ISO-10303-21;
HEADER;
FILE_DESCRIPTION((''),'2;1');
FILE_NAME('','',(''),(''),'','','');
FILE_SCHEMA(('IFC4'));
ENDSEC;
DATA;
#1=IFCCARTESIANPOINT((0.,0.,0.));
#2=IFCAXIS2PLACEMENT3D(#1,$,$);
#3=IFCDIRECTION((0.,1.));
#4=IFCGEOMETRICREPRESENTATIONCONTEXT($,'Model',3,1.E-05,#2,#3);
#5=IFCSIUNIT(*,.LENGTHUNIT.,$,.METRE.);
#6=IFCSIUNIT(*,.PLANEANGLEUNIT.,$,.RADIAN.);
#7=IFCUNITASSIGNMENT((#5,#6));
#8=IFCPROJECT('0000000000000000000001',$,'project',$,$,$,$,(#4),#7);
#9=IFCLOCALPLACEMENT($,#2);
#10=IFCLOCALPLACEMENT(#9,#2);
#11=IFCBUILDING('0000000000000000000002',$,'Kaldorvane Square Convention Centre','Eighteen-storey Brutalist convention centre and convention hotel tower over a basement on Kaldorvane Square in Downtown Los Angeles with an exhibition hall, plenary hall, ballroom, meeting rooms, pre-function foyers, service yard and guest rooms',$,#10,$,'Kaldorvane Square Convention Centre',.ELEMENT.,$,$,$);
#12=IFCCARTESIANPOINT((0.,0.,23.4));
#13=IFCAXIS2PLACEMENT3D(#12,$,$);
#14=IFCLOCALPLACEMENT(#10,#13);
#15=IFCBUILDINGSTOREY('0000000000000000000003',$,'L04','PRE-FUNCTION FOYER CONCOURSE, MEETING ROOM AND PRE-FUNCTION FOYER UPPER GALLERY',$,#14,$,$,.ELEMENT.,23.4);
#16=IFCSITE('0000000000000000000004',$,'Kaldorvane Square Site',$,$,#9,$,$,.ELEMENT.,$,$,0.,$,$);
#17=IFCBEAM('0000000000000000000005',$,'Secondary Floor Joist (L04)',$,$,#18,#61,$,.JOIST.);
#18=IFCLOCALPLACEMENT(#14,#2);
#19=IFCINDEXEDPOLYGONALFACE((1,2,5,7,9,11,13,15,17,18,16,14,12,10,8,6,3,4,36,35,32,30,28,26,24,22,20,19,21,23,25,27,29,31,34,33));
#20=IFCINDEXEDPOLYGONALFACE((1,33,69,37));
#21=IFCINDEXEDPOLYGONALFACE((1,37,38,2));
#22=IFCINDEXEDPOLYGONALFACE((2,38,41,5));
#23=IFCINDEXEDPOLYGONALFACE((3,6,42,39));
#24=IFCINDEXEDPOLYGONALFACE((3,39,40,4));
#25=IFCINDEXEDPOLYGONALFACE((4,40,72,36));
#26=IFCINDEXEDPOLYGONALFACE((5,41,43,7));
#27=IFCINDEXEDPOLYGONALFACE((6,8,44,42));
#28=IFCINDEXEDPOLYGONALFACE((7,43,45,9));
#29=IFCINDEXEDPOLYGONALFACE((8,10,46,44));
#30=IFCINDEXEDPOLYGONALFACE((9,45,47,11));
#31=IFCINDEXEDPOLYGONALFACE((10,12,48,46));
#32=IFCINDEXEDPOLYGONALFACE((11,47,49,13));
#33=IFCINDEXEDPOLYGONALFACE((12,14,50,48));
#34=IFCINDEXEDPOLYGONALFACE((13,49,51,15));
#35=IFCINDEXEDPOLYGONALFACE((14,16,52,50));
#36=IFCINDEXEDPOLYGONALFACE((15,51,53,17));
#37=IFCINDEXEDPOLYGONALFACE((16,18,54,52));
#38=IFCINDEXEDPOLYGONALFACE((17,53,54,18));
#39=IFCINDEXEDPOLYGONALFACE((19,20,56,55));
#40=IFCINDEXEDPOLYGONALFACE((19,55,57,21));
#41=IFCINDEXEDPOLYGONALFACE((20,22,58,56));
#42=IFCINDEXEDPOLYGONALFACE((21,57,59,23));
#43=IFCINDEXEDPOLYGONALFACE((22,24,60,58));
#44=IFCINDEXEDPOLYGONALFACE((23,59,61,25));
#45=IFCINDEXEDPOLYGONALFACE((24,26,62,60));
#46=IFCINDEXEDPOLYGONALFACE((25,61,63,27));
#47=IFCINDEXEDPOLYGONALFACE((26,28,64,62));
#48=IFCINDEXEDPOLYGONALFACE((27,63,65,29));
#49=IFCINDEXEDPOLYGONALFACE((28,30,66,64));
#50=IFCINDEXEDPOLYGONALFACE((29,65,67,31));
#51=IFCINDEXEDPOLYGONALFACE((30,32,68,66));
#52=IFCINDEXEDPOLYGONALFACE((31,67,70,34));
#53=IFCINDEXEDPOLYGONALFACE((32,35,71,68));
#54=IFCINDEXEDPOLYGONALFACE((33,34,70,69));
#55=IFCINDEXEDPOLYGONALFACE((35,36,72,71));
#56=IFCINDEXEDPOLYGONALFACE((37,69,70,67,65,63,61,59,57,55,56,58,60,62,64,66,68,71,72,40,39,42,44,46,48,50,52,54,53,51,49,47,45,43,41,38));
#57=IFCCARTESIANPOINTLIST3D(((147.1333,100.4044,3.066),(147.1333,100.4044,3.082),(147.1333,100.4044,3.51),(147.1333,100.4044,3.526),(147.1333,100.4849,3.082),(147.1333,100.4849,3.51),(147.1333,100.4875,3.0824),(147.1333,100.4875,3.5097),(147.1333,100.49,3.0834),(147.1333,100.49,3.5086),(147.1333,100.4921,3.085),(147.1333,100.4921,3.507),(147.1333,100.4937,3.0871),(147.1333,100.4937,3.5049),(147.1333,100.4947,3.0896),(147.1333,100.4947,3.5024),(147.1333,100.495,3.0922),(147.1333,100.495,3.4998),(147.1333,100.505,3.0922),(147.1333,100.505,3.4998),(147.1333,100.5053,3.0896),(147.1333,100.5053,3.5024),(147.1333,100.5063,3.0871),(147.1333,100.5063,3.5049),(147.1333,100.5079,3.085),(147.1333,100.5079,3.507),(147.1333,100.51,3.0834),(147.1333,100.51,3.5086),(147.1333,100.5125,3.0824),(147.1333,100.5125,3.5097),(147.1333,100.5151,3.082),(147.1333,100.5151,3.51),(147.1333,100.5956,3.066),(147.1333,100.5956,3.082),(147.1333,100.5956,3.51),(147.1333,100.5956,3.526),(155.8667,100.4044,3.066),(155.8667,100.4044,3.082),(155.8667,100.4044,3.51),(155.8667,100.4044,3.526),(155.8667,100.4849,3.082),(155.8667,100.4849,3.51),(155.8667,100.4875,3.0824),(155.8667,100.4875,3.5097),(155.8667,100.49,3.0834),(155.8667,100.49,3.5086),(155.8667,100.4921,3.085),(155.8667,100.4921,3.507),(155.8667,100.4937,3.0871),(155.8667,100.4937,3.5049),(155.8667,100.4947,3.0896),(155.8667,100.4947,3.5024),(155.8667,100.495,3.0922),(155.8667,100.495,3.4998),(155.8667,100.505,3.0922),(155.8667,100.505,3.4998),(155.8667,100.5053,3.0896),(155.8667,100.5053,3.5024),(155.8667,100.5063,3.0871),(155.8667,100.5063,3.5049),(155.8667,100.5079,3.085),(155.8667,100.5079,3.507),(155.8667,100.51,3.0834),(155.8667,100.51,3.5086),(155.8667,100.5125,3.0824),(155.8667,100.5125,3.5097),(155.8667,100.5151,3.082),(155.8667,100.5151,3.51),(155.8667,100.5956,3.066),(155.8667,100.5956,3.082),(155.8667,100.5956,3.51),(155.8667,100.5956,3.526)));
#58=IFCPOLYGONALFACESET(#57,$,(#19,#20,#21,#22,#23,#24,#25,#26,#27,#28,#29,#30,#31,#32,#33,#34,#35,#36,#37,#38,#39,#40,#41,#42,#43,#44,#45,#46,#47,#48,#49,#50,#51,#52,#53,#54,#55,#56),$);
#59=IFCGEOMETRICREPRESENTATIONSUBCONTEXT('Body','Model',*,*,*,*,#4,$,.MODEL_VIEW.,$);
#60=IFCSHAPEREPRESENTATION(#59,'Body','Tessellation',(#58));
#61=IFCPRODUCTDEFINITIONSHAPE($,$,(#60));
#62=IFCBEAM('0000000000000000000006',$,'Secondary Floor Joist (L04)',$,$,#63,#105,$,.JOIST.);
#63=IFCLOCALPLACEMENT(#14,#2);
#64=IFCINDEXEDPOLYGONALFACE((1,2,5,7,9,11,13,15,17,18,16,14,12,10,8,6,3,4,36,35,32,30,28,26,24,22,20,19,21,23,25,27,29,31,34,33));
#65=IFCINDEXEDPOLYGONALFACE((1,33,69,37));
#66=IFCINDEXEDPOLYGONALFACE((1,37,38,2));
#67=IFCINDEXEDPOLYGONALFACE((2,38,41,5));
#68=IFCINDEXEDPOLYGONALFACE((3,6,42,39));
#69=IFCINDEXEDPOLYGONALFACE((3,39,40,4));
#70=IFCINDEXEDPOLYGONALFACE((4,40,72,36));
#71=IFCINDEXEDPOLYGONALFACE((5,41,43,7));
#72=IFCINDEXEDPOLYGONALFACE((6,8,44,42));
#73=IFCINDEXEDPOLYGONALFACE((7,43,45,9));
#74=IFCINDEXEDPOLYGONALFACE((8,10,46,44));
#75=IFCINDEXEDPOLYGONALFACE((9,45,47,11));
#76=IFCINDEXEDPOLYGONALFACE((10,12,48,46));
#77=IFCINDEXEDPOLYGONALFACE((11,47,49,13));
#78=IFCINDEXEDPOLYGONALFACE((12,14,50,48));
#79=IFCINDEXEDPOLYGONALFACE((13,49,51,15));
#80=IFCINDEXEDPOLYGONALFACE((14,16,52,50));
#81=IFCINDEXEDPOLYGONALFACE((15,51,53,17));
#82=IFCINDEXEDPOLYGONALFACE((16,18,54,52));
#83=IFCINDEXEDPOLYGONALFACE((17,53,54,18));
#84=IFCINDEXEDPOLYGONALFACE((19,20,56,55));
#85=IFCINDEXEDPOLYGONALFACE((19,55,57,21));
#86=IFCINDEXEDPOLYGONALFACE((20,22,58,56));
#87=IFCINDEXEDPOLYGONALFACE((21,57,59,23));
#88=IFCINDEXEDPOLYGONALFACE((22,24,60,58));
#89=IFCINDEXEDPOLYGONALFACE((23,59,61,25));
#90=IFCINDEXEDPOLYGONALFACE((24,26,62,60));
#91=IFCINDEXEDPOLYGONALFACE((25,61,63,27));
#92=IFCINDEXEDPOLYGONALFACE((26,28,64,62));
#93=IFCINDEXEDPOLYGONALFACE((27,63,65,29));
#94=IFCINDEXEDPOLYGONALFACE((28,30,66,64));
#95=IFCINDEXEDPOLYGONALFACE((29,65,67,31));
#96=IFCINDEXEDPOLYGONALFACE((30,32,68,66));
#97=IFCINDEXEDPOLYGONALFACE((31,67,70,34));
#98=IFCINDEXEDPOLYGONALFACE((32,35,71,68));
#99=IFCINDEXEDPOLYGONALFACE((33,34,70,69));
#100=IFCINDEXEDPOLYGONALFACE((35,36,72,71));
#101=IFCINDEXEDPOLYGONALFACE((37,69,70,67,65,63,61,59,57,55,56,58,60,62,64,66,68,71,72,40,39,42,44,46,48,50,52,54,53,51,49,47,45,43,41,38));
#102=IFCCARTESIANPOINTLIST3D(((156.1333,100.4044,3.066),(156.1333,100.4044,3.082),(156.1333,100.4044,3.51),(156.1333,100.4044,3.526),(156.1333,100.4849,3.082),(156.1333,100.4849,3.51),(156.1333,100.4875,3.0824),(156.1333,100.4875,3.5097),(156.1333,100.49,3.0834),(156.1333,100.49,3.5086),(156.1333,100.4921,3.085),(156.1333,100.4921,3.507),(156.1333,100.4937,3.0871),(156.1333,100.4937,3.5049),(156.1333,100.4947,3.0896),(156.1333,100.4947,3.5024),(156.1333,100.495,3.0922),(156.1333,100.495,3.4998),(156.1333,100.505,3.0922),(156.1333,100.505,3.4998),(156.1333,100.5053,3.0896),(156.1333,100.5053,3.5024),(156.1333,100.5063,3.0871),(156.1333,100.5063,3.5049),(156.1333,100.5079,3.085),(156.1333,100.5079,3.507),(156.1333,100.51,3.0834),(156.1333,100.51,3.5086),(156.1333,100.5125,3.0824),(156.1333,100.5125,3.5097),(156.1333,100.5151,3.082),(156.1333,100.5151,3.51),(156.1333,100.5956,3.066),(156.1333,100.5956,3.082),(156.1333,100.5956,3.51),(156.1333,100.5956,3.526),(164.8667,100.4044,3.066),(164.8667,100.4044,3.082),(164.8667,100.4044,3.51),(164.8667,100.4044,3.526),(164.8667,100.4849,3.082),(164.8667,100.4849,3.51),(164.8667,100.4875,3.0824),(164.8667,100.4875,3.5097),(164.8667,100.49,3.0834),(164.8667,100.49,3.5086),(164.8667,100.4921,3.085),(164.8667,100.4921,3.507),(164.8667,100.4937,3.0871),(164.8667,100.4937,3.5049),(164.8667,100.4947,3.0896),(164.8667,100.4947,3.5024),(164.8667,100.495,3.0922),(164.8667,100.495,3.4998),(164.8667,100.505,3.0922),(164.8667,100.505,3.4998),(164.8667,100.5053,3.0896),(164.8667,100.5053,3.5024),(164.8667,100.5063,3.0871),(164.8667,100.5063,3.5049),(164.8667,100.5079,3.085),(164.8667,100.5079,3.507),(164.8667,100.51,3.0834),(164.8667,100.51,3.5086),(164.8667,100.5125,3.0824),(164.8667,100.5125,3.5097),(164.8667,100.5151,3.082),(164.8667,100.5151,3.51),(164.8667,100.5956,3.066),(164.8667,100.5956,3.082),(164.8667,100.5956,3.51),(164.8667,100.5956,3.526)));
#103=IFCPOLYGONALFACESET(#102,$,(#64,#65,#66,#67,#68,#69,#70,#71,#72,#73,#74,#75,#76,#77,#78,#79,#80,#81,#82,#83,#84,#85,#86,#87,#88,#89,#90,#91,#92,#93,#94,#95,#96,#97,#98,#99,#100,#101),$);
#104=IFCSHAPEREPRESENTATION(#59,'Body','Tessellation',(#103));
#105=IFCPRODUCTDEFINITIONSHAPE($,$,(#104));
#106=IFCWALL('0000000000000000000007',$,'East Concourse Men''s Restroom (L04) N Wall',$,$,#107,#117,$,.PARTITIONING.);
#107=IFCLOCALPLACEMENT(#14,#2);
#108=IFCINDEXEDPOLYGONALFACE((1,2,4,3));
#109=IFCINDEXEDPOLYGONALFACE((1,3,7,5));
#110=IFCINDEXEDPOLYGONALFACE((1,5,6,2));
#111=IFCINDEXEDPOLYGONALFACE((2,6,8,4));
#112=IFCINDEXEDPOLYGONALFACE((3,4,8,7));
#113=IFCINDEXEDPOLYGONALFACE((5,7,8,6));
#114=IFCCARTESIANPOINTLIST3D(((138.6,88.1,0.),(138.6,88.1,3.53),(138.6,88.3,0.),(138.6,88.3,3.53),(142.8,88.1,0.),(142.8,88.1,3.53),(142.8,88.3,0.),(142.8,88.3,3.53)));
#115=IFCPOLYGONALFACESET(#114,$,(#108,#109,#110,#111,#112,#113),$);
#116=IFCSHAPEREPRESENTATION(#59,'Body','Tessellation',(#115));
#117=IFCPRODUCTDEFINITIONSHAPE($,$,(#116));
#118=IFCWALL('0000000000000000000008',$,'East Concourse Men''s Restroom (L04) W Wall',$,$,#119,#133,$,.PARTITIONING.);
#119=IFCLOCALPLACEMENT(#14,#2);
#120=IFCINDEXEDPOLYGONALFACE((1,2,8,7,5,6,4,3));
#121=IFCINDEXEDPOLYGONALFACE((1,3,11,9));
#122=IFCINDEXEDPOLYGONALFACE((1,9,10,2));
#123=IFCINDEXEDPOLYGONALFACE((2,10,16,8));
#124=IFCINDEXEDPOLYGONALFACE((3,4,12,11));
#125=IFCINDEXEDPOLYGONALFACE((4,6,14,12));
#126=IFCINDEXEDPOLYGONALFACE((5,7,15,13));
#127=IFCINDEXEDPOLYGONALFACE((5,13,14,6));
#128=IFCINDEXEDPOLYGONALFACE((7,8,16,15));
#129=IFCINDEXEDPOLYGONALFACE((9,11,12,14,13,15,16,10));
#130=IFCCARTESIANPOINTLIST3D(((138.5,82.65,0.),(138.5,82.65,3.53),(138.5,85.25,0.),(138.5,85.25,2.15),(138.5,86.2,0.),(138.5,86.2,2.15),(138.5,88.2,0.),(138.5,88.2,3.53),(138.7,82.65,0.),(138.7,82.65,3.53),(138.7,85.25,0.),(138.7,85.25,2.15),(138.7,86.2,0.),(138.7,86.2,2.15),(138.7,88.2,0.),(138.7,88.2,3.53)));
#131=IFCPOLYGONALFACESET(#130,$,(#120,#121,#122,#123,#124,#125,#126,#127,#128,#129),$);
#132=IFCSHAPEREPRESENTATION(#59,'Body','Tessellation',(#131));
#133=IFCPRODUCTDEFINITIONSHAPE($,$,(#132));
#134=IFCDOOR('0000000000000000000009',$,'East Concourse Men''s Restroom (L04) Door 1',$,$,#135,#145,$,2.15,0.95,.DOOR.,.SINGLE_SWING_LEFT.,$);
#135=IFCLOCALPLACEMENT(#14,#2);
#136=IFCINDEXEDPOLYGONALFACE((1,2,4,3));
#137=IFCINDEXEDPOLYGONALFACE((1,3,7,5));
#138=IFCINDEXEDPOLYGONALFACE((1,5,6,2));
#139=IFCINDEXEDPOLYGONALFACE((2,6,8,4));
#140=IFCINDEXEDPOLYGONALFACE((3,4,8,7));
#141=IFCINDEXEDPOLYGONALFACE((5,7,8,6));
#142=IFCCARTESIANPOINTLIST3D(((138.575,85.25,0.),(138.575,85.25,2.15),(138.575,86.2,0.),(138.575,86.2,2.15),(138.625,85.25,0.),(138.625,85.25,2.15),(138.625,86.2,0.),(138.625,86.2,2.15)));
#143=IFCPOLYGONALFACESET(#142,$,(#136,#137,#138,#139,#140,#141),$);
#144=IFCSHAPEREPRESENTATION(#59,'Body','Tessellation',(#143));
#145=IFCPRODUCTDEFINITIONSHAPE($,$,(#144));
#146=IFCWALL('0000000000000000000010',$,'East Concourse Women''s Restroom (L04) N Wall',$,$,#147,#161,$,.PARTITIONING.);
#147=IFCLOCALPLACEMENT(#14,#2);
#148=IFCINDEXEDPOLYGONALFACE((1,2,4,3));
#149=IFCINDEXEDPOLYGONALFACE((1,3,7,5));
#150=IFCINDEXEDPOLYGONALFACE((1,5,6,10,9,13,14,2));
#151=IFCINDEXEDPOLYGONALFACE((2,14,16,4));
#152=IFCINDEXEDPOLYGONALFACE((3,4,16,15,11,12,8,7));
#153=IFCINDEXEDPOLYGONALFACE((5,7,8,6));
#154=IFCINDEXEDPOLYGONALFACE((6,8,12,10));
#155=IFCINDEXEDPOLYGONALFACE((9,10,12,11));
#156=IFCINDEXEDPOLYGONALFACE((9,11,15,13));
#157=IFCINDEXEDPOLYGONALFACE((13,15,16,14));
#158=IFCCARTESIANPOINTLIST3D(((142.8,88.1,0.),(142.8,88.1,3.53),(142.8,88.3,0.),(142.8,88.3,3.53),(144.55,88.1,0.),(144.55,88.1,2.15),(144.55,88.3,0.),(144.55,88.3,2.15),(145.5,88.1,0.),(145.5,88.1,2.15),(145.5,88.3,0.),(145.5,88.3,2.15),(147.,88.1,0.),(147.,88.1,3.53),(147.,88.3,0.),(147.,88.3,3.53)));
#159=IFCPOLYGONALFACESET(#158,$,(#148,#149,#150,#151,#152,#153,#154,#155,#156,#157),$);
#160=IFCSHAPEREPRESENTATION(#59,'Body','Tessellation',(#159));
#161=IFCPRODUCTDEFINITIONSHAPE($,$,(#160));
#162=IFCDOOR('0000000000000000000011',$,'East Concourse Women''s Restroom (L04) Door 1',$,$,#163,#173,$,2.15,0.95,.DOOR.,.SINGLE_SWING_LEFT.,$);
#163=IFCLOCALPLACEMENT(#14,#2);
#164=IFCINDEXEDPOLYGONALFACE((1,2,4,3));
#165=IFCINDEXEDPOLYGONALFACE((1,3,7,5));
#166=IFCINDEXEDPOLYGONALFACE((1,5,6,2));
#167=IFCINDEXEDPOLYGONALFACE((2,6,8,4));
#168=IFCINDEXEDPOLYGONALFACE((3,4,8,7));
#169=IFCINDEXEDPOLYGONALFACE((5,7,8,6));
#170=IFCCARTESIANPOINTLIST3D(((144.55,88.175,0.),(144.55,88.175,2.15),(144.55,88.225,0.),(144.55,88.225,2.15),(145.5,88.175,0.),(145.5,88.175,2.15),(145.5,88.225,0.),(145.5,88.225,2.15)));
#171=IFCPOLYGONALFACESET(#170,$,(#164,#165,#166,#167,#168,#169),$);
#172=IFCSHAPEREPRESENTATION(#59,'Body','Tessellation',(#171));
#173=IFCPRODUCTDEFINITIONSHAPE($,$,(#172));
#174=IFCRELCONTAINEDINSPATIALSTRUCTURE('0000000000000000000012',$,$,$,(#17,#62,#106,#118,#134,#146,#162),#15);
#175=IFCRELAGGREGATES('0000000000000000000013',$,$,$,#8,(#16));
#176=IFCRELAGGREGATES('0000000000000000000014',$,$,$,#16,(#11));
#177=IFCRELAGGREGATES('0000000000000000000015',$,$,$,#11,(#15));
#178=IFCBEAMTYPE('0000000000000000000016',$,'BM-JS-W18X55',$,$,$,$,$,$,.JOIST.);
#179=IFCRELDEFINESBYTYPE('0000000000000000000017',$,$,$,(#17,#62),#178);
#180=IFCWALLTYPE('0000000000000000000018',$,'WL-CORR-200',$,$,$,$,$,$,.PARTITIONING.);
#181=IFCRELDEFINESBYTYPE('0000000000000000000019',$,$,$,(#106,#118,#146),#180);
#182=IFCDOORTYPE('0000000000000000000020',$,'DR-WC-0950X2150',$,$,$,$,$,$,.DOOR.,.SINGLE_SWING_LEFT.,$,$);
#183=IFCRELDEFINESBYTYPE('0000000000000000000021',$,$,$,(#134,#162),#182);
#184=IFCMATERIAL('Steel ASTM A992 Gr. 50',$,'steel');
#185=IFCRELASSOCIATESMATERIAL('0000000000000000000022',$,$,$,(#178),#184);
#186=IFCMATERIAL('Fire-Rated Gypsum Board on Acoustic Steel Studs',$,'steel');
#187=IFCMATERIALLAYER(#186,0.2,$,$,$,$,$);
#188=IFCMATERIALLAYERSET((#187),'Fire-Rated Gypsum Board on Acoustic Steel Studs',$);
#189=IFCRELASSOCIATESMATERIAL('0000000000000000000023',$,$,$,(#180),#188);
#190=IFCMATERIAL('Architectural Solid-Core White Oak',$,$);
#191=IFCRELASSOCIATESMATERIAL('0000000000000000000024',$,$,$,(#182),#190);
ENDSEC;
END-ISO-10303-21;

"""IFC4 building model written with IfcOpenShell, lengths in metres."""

from ifc_helpers import new_model, si_unit, direction, frame, frame_2d, origin, origin_2d, place, context, subcontext, project, spatial, rectangle, i_section, extrude, material, layer, layer_set, material_profile, profile_set, type_object, element, fill, save


model = new_model("IFC4")

# Units and contexts
model_context = context("Model", 3, precision=1e-05, world=origin(), true_north=direction((0.0, 1.0)))
body_context = subcontext(model_context, "Body", "Model", "MODEL_VIEW")
ifc_project = project(units=[si_unit("LENGTHUNIT", "METRE"), si_unit("PLANEANGLEUNIT", "RADIAN")], contexts=[model_context])

# Site, building, storey
site_placement = place(None, origin())
site = spatial("IfcSite", under=ifc_project, at=site_placement, Name="Kaldorvane Square Site", CompositionType="ELEMENT", RefElevation=0.0)
building_placement = place(site_placement, origin())
building = spatial("IfcBuilding", under=site, at=building_placement, Name="Kaldorvane Square Convention Centre", Description="Eighteen-storey Brutalist convention centre and convention hotel tower over a basement on Kaldorvane Square in Downtown Los Angeles with an exhibition hall, plenary hall, ballroom, meeting rooms, pre-function foyers, service yard and guest rooms", LongName="Kaldorvane Square Convention Centre", CompositionType="ELEMENT")
storey_placement = place(building_placement, frame((0.0, 0.0, 23.4)))
storey = spatial("IfcBuildingStorey", under=building, at=storey_placement, Name="L04", Description="PRE-FUNCTION FOYER CONCOURSE, MEETING ROOM AND PRE-FUNCTION FOYER UPPER GALLERY", CompositionType="ELEMENT", Elevation=23.4)

# Shared definitions
ifc_material_1 = material(Name="Steel ASTM A992 Gr. 50", Category="steel")

# Beams
ifc_material_profile_1 = material_profile(ifc_material_1, i_section(OverallWidth=0.1913, OverallDepth=0.46, WebThickness=0.0099, FlangeThickness=0.016, FilletRadius=0.0102, at=origin_2d()), Name="W18X55")
ifc_profile_set_1 = profile_set([ifc_material_profile_1], Name="Steel ASTM A992 Gr. 50")
beam_type_1 = type_object("IfcBeamType", Name="BM-JS-W18X55", PredefinedType="JOIST", material=ifc_profile_set_1)
for number, where, z_axis, x_axis, name in (
    (1, (147.1333, 100.5, 3.296), (1.0, 0.0, 0.0), (0.0, 1.0, 0.0), "Secondary Floor Joist (L04)"),
    (2, (156.1333, 100.5, 3.296), (1.0, 0.0, 0.0), (0.0, 1.0, 0.0), "Secondary Floor Joist (L04)"),
):
    element("IfcBeam", number, at=place(storey_placement, frame(where, z_axis=z_axis, x_axis=x_axis)), inside=storey, type_object=beam_type_1, Name=name, PredefinedType="JOIST", context=body_context, shape_type="SweptSolid", body=[
        extrude(i_section(OverallWidth=0.1913, OverallDepth=0.46, WebThickness=0.0099, FlangeThickness=0.016, FilletRadius=0.0102, at=origin_2d()), origin(), (0.0, 0.0, 1.0), 8.7334),
    ])

# Wall
ifc_material_2 = material(Name="Fire-Rated Gypsum Board on Acoustic Steel Studs", Category="steel")
ifc_layer = layer(ifc_material_2, 0.2)
ifc_layer_set = layer_set([ifc_layer], Name="Fire-Rated Gypsum Board on Acoustic Steel Studs")
wall_type = type_object("IfcWallType", Name="WL-CORR-200", PredefinedType="PARTITIONING", material=ifc_layer_set)
wall_1_placement = place(storey_placement, frame((142.8, 88.2, 0.0), z_axis=(0.0, 0.0, 1.0), x_axis=(-1.0, 0.0, 0.0)))
element("IfcWall", 3, at=wall_1_placement, inside=storey, type_object=wall_type, Name="East Concourse Men's Restroom (L04) N Wall", PredefinedType="PARTITIONING", context=body_context, shape_type="SweptSolid", body=[
    extrude(rectangle(XDim=4.2, YDim=0.2, at=frame_2d((2.1, 0.0))), origin(), (0.0, 0.0, 1.0), 3.53),
])

# Walls, openings, doors
wall_2_placement = place(storey_placement, frame((138.6, 88.2, 0.0), z_axis=(0.0, 0.0, 1.0), x_axis=(0.0, -1.0, 0.0)))
wall_2 = element("IfcWall", 4, at=wall_2_placement, inside=storey, type_object=wall_type, Name="East Concourse Men's Restroom (L04) W Wall", PredefinedType="PARTITIONING", context=body_context, shape_type="SweptSolid", body=[
    extrude(rectangle(XDim=5.55, YDim=0.2, at=frame_2d((2.775, 0.0))), origin(), (0.0, 0.0, 1.0), 3.53),
])
opening_1_placement = place(wall_2_placement, frame((2.0, 0.0, 0.0)))
opening_1 = element("IfcOpeningElement", 5, at=opening_1_placement, cuts=wall_2, PredefinedType="OPENING", context=body_context, shape_type="SweptSolid", body=[
    extrude(rectangle(XDim=0.95, YDim=2.15, at=frame_2d((0.475, 1.075))), frame((0.0, 0.115, 0.0), z_axis=(0.0, -1.0, 0.0), x_axis=(1.0, 0.0, 0.0)), (0.0, 0.0, 1.0), 0.23),
])
ifc_material_3 = material(Name="Architectural Solid-Core White Oak")
door_type = type_object("IfcDoorType", Name="DR-WC-0950X2150", OperationType="SINGLE_SWING_LEFT", PredefinedType="DOOR", material=ifc_material_3)
door_1_placement = place(opening_1_placement, origin())
door_1 = element("IfcDoor", 6, at=door_1_placement, inside=storey, type_object=door_type, Name="East Concourse Men's Restroom (L04) Door 1", OperationType="SINGLE_SWING_LEFT", OverallHeight=2.15, OverallWidth=0.95, PredefinedType="DOOR", context=body_context, shape_type="SweptSolid", body=[
    extrude(rectangle(XDim=0.95, YDim=2.15, at=frame_2d((0.475, 1.075))), frame((0.0, 0.025, 0.0), z_axis=(0.0, -1.0, 0.0), x_axis=(1.0, 0.0, 0.0)), (0.0, 0.0, 1.0), 0.05),
])
fill(opening_1, door_1)
wall_3_placement = place(storey_placement, frame((147.0, 88.2, 0.0), z_axis=(0.0, 0.0, 1.0), x_axis=(-1.0, 0.0, 0.0)))
wall_3 = element("IfcWall", 7, at=wall_3_placement, inside=storey, type_object=wall_type, Name="East Concourse Women's Restroom (L04) N Wall", PredefinedType="PARTITIONING", context=body_context, shape_type="SweptSolid", body=[
    extrude(rectangle(XDim=4.2, YDim=0.2, at=frame_2d((2.1, 0.0))), origin(), (0.0, 0.0, 1.0), 3.53),
])
opening_2_placement = place(wall_3_placement, frame((1.5, 0.0, 0.0)))
opening_2 = element("IfcOpeningElement", 8, at=opening_2_placement, cuts=wall_3, PredefinedType="OPENING", context=body_context, shape_type="SweptSolid", body=[
    extrude(rectangle(XDim=0.95, YDim=2.15, at=frame_2d((0.475, 1.075))), frame((0.0, 0.115, 0.0), z_axis=(0.0, -1.0, 0.0), x_axis=(1.0, 0.0, 0.0)), (0.0, 0.0, 1.0), 0.23),
])
door_2_placement = place(opening_2_placement, origin())
door_2 = element("IfcDoor", 9, at=door_2_placement, inside=storey, type_object=door_type, Name="East Concourse Women's Restroom (L04) Door 1", OperationType="SINGLE_SWING_LEFT", OverallHeight=2.15, OverallWidth=0.95, PredefinedType="DOOR", context=body_context, shape_type="SweptSolid", body=[
    extrude(rectangle(XDim=0.95, YDim=2.15, at=frame_2d((0.475, 1.075))), frame((0.0, 0.025, 0.0), z_axis=(0.0, -1.0, 0.0), x_axis=(1.0, 0.0, 0.0)), (0.0, 0.0, 1.0), 0.05),
])
fill(opening_2, door_2)

save(model, "model.ifc")
